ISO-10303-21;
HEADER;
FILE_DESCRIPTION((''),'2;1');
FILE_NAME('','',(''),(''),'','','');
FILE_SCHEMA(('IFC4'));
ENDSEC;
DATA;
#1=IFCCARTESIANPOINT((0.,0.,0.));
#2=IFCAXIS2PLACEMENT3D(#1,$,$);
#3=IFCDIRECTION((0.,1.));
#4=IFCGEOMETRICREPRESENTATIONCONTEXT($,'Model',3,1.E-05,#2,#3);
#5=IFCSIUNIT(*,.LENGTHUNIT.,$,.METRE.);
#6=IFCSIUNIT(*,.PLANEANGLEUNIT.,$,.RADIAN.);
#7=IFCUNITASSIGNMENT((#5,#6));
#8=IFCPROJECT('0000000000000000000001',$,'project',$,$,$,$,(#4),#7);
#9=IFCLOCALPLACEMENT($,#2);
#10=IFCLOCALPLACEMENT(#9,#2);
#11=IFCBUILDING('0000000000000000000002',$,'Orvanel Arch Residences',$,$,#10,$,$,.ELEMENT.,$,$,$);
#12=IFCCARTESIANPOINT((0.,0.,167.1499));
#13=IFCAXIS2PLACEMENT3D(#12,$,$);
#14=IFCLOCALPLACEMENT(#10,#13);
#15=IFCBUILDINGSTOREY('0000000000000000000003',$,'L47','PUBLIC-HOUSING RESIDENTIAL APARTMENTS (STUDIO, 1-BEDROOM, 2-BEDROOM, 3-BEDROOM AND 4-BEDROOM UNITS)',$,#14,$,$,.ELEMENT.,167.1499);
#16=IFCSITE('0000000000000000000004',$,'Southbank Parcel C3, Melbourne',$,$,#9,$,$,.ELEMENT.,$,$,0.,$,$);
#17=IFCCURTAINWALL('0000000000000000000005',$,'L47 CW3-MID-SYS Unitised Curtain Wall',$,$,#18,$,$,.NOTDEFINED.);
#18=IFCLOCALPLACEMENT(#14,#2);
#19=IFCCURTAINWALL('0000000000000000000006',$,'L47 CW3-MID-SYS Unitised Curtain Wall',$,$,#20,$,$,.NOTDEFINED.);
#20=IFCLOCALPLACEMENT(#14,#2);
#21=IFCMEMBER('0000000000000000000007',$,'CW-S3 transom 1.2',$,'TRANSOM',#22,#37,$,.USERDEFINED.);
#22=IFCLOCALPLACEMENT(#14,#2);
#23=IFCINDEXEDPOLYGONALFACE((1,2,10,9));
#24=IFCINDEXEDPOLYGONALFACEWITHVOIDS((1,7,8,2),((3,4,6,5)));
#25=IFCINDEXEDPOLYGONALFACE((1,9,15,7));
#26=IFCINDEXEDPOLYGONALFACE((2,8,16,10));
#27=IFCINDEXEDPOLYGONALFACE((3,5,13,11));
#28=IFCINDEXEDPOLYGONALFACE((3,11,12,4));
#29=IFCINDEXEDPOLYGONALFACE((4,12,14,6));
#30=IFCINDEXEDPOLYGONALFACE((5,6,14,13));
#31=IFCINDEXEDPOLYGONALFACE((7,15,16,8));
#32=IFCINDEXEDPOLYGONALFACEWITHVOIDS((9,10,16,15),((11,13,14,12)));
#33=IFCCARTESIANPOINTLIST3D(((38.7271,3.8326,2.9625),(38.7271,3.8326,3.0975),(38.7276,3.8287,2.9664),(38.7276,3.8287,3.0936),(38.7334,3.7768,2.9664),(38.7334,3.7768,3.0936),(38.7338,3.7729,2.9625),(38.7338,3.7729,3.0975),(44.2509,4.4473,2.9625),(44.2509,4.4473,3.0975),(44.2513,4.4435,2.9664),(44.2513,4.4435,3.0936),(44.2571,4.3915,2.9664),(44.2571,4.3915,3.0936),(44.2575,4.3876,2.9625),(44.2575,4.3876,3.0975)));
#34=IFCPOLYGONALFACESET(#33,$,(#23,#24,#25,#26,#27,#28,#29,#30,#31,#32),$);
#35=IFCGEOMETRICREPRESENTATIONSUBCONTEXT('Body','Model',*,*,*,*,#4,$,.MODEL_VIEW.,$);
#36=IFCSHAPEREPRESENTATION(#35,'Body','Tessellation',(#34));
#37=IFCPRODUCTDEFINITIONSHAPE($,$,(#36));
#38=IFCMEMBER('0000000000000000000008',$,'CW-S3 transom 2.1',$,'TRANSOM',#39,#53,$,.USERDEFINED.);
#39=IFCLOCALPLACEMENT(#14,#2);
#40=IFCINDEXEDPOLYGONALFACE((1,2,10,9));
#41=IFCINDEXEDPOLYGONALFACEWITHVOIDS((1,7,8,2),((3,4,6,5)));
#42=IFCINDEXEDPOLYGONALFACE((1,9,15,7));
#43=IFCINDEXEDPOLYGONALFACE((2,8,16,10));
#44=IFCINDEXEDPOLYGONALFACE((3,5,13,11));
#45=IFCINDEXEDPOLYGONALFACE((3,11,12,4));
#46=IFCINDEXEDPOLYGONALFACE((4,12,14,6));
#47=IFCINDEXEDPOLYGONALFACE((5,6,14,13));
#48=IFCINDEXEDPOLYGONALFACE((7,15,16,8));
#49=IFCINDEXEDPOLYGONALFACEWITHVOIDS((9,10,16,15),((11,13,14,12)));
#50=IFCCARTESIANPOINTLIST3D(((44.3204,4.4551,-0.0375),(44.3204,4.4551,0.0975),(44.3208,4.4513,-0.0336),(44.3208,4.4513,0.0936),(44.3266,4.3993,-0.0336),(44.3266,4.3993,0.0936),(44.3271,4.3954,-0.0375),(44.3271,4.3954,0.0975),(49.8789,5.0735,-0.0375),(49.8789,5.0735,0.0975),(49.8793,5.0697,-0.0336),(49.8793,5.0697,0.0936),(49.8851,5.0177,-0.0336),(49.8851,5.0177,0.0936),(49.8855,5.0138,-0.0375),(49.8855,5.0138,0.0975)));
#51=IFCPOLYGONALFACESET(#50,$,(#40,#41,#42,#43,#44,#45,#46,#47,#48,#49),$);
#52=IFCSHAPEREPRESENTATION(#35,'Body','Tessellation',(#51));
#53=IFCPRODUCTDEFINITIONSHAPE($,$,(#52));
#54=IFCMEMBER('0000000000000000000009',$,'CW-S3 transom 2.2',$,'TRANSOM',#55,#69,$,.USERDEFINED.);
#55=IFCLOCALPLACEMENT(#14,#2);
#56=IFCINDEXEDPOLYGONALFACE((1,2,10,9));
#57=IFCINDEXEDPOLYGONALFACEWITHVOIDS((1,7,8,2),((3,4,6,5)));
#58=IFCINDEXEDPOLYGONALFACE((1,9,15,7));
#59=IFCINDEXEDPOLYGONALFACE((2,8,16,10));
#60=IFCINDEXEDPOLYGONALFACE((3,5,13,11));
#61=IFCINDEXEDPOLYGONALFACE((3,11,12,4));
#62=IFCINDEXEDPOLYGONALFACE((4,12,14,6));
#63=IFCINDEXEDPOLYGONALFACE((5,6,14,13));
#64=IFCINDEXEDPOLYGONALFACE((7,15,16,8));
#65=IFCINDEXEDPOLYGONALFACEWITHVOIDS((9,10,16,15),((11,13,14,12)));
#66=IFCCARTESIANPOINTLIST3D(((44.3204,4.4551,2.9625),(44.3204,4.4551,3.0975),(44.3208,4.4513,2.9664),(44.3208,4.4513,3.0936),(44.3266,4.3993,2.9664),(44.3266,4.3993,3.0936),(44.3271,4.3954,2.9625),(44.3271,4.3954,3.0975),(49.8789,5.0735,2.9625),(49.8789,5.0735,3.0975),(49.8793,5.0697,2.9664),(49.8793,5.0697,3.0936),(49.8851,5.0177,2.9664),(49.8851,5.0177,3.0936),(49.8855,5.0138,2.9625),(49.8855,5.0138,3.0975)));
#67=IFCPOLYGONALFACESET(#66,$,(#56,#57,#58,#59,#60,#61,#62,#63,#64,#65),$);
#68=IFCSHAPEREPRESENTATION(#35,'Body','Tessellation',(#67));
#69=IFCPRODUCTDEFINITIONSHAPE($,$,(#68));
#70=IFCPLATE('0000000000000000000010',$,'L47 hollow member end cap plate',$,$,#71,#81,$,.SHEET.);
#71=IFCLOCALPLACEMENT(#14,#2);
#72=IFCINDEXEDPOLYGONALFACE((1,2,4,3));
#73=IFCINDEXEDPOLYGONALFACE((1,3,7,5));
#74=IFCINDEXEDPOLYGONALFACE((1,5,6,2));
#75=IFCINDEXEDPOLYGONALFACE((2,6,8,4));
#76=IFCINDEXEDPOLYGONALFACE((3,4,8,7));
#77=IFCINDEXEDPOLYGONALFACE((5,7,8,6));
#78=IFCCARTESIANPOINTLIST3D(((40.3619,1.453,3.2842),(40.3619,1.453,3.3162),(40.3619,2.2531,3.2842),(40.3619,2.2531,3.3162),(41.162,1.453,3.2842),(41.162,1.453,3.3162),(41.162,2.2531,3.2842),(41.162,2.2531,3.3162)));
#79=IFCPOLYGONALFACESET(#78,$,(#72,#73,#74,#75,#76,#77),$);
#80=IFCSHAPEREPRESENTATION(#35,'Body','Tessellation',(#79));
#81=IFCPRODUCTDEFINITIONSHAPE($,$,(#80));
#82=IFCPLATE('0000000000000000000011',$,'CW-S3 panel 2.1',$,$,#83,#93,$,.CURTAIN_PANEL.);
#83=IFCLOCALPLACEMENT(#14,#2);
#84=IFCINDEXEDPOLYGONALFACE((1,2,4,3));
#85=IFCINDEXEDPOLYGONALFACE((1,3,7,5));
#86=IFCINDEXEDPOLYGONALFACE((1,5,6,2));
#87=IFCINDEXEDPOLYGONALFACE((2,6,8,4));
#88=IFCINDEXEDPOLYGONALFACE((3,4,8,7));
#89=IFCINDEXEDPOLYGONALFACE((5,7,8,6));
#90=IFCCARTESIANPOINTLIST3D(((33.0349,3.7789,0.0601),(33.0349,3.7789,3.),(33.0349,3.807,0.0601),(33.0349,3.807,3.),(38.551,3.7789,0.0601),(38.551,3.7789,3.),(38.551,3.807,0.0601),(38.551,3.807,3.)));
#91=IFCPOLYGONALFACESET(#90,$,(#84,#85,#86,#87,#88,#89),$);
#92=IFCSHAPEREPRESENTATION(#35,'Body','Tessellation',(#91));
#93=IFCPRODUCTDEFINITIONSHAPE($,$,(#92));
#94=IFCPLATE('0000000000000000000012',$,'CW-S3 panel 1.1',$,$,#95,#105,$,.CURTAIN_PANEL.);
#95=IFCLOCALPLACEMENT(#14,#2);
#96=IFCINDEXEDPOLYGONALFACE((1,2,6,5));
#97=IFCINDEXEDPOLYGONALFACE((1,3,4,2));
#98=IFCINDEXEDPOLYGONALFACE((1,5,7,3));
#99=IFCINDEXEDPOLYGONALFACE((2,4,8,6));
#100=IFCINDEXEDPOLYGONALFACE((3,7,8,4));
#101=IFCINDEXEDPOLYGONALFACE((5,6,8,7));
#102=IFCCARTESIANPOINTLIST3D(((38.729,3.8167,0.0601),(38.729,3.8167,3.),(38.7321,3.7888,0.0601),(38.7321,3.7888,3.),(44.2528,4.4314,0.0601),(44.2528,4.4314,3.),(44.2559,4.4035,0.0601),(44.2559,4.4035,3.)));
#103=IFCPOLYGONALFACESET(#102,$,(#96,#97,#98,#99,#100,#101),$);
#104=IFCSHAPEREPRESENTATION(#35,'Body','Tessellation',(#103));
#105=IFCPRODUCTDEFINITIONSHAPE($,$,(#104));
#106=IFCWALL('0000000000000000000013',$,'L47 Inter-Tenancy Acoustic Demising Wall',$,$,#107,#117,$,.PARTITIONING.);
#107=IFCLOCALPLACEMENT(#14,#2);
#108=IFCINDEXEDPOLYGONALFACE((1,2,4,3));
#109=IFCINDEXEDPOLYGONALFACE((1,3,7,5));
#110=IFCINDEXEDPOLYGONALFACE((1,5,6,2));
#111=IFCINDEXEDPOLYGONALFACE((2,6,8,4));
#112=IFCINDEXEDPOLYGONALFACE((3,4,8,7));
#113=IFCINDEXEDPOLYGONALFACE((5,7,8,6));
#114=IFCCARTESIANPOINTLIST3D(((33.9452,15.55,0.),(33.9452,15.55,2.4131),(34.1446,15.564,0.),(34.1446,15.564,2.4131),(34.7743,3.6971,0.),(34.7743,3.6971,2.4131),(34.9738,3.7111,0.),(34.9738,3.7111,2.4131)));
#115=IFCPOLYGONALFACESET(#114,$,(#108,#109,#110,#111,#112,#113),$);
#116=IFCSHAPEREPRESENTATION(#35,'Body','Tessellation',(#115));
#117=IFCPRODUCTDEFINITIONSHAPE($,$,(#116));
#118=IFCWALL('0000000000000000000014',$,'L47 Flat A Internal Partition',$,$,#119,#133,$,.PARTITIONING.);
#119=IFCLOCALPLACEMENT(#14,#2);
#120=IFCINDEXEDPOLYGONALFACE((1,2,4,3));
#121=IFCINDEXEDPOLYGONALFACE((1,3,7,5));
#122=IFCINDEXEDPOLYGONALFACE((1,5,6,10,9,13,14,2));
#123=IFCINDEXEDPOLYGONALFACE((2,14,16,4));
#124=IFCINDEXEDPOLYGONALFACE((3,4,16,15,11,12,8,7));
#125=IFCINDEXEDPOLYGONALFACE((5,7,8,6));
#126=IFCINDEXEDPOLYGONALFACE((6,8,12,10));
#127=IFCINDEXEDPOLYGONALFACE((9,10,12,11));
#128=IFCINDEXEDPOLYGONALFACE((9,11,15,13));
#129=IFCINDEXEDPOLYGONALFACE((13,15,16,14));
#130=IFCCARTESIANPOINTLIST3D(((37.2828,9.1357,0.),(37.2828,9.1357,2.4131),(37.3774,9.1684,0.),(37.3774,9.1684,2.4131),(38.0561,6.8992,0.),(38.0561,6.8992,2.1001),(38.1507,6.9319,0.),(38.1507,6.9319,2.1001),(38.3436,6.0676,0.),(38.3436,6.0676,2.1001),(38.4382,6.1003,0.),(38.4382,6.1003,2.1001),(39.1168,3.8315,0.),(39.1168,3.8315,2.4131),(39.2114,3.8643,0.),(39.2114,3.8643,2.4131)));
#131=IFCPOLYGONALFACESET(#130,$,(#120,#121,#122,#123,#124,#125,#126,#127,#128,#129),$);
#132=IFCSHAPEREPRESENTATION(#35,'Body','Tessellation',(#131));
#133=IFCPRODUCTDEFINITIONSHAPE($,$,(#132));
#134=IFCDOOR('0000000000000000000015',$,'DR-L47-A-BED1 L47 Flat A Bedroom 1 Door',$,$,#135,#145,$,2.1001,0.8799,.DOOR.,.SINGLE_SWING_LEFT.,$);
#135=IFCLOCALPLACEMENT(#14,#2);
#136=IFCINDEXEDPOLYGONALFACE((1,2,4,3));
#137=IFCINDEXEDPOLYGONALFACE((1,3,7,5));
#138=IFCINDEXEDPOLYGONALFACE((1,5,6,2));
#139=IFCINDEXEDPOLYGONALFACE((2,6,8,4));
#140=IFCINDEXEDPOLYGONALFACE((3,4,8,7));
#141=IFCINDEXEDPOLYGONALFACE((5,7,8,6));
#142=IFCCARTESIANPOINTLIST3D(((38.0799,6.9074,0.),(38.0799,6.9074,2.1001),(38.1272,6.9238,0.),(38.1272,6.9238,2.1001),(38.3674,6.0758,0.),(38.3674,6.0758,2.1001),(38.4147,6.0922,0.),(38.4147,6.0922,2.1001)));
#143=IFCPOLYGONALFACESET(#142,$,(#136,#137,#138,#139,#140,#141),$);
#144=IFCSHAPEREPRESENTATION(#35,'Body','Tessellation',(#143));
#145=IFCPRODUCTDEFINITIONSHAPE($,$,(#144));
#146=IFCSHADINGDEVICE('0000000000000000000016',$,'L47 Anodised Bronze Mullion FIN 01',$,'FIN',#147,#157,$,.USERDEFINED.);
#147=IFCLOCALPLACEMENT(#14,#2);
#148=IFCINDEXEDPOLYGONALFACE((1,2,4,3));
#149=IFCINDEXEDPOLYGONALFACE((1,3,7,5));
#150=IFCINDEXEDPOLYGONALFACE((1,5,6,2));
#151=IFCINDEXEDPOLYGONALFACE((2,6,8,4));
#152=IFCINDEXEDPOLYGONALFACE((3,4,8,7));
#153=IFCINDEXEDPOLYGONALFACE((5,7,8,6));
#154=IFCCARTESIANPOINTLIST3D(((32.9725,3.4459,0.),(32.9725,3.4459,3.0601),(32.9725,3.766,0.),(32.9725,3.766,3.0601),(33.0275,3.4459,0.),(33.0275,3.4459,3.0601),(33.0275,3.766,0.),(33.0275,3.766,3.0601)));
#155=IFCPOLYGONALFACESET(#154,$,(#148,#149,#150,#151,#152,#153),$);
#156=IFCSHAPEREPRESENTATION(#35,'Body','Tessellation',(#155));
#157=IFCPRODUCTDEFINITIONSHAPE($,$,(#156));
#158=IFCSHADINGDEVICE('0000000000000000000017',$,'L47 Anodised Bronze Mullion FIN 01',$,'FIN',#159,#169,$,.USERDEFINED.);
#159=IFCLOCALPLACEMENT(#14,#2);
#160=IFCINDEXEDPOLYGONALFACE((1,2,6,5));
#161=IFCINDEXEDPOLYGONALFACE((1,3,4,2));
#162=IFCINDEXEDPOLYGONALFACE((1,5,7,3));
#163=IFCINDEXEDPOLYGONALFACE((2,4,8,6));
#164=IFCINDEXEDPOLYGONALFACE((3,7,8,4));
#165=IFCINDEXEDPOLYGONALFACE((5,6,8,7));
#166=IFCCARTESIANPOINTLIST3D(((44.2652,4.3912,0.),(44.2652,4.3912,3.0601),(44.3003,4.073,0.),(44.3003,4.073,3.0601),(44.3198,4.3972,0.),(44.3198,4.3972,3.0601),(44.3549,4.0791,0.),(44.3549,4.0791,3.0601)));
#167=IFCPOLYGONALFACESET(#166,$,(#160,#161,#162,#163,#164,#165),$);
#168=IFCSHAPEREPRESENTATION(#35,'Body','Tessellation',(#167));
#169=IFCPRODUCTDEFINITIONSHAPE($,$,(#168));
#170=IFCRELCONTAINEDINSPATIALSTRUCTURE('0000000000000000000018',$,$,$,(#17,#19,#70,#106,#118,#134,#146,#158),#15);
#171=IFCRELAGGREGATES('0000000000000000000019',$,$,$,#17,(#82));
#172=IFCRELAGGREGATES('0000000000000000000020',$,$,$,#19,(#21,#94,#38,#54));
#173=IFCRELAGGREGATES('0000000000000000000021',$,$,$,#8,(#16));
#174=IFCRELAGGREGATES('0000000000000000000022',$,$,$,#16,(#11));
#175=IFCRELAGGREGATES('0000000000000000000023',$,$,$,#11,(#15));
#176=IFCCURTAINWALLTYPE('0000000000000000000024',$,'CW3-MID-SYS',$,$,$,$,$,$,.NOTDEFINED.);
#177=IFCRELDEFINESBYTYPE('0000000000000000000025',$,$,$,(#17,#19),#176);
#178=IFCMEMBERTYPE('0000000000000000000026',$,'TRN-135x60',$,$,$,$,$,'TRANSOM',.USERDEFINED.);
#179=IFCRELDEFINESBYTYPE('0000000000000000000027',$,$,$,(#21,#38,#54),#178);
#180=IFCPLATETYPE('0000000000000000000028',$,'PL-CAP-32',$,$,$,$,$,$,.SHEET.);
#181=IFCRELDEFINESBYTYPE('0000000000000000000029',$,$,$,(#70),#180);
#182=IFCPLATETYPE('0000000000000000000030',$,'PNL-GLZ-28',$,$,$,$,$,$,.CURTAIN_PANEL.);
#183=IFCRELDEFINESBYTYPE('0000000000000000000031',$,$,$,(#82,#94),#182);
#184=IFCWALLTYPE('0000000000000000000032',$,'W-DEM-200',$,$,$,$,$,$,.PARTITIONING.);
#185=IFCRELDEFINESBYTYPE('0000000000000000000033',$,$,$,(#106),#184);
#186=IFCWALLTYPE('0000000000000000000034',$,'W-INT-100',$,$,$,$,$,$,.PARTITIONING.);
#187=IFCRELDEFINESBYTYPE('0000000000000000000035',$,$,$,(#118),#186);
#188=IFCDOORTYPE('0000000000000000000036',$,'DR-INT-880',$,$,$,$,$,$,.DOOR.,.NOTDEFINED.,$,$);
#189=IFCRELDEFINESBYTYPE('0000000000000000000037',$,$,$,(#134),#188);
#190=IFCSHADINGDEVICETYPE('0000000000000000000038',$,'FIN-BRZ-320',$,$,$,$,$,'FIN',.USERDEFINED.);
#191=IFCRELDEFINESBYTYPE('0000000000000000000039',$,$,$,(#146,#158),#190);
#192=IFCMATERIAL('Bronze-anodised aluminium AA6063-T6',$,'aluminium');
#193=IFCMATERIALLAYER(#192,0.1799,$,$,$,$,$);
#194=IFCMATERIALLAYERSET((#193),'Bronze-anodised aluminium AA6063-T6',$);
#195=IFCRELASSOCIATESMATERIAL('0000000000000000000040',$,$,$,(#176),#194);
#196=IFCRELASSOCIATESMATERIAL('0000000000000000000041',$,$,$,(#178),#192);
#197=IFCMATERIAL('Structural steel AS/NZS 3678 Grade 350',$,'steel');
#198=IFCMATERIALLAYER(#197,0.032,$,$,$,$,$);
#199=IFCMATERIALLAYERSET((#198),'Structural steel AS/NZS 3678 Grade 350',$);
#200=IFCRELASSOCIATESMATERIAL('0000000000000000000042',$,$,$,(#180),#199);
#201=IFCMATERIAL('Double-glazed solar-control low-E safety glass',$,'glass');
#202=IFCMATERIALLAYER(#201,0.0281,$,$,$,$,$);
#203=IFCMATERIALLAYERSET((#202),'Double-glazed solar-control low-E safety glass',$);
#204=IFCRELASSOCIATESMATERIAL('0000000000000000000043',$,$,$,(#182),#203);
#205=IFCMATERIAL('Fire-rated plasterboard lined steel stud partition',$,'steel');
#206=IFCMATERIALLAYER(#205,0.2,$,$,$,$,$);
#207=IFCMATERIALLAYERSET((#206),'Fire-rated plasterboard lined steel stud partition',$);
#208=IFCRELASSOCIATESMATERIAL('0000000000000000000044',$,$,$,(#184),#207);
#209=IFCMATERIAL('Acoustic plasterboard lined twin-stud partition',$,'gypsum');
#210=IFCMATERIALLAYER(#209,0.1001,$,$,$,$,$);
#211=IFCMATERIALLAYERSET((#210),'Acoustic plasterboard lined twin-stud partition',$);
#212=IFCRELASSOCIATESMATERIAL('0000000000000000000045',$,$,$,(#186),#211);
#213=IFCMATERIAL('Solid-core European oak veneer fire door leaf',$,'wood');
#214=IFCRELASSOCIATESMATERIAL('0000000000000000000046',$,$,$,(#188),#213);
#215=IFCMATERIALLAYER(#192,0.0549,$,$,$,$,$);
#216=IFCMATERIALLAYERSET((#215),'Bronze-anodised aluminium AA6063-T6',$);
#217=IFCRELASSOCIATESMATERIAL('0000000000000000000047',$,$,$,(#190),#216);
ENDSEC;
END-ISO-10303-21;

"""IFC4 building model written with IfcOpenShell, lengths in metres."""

from ifc_helpers import new_model, si_unit, direction, frame, frame_2d, origin, origin_2d, place, context, subcontext, project, spatial, rectangle, hollow_rectangle, extrude, material, layer, layer_set, material_profile, profile_set, type_object, element, fill, aggregate, save


model = new_model("IFC4")

# Units and contexts
model_context = context("Model", 3, precision=1e-05, world=origin(), true_north=direction((0.0, 1.0)))
body_context = subcontext(model_context, "Body", "Model", "MODEL_VIEW")
ifc_project = project(units=[si_unit("LENGTHUNIT", "METRE"), si_unit("PLANEANGLEUNIT", "RADIAN")], contexts=[model_context])

# Site, building, storey
site_placement = place(None, origin())
site = spatial("IfcSite", under=ifc_project, at=site_placement, Name="Southbank Parcel C3, Melbourne", CompositionType="ELEMENT", RefElevation=0.0)
building_placement = place(site_placement, origin())
building = spatial("IfcBuilding", under=site, at=building_placement, Name="Orvanel Arch Residences", CompositionType="ELEMENT")
storey_placement = place(building_placement, frame((0.0, 0.0, 167.1499)))
storey = spatial("IfcBuildingStorey", under=building, at=storey_placement, Name="L47", Description="PUBLIC-HOUSING RESIDENTIAL APARTMENTS (STUDIO, 1-BEDROOM, 2-BEDROOM, 3-BEDROOM AND 4-BEDROOM UNITS)", CompositionType="ELEMENT", Elevation=167.1499)

# Curtain walls
ifc_material_1 = material(Name="Bronze-anodised aluminium AA6063-T6", Category="aluminium")
ifc_layer_1 = layer(ifc_material_1, 0.1799)
ifc_layer_set_1 = layer_set([ifc_layer_1], Name="Bronze-anodised aluminium AA6063-T6")
curtain_wall_type = type_object("IfcCurtainWallType", Name="CW3-MID-SYS", PredefinedType="NOTDEFINED", material=ifc_layer_set_1)
curtain_wall_1_placement = place(storey_placement, origin())
curtain_wall_1 = element("IfcCurtainWall", 1, at=curtain_wall_1_placement, inside=storey, type_object=curtain_wall_type, Name="L47 CW3-MID-SYS Unitised Curtain Wall", PredefinedType="NOTDEFINED")
curtain_wall_2_placement = place(storey_placement, origin())
curtain_wall_2 = element("IfcCurtainWall", 2, at=curtain_wall_2_placement, inside=storey, type_object=curtain_wall_type, Name="L47 CW3-MID-SYS Unitised Curtain Wall", PredefinedType="NOTDEFINED")

# Members
ifc_material_profile_1 = material_profile(ifc_material_1, hollow_rectangle(XDim=0.0601, YDim=0.135, WallThickness=0.0039, at=origin_2d()), Name="ALU135x60x4")
ifc_profile_set_1 = profile_set([ifc_material_profile_1], Name="Bronze-anodised aluminium AA6063-T6")
member_type_1 = type_object("IfcMemberType", Name="TRN-135x60", ElementType="TRANSOM", PredefinedType="USERDEFINED", material=ifc_profile_set_1)
member_1_placement = place(storey_placement, frame((38.7305, 3.8027, 3.03), z_axis=(0.993864, 0.11061, 0.0), x_axis=(-0.11061, 0.993864, 0.0)))
member_1 = element("IfcMember", 3, at=member_1_placement, type_object=member_type_1, Name="CW-S3 transom 1.2", ObjectType="TRANSOM", PredefinedType="USERDEFINED", context=body_context, shape_type="SweptSolid", body=[
    extrude(hollow_rectangle(XDim=0.0601, YDim=0.135, WallThickness=0.0039, at=origin_2d()), origin(), (0.0, 0.0, 1.0), 5.5579),
])
member_2_placement = place(storey_placement, frame((44.3237, 4.4253, 0.03), z_axis=(0.993868, 0.11057, 0.0), x_axis=(-0.11057, 0.993868, 0.0)))
member_2 = element("IfcMember", 4, at=member_2_placement, type_object=member_type_1, Name="CW-S3 transom 2.1", ObjectType="TRANSOM", PredefinedType="USERDEFINED", context=body_context, shape_type="SweptSolid", body=[
    extrude(hollow_rectangle(XDim=0.0601, YDim=0.135, WallThickness=0.0039, at=origin_2d()), origin(), (0.0, 0.0, 1.0), 5.5928),
])
member_3_placement = place(storey_placement, frame((44.3237, 4.4253, 3.03), z_axis=(0.993868, 0.11057, 0.0), x_axis=(-0.11057, 0.993868, 0.0)))
member_3 = element("IfcMember", 5, at=member_3_placement, type_object=member_type_1, Name="CW-S3 transom 2.2", ObjectType="TRANSOM", PredefinedType="USERDEFINED", context=body_context, shape_type="SweptSolid", body=[
    extrude(hollow_rectangle(XDim=0.0601, YDim=0.135, WallThickness=0.0039, at=origin_2d()), origin(), (0.0, 0.0, 1.0), 5.5928),
])

# Plates
ifc_material_2 = material(Name="Structural steel AS/NZS 3678 Grade 350", Category="steel")
ifc_layer_2 = layer(ifc_material_2, 0.032)
ifc_layer_set_2 = layer_set([ifc_layer_2], Name="Structural steel AS/NZS 3678 Grade 350")
plate_type_1 = type_object("IfcPlateType", Name="PL-CAP-32", PredefinedType="SHEET", material=ifc_layer_set_2)
plate_1_placement = place(storey_placement, frame((40.762, 1.853, 3.2842), z_axis=(0.0, 0.0, 1.0), x_axis=(1.0, 0.0, 0.0)))
element("IfcPlate", 6, at=plate_1_placement, inside=storey, type_object=plate_type_1, Name="L47 hollow member end cap plate", PredefinedType="SHEET", context=body_context, shape_type="SweptSolid", body=[
    extrude(rectangle(XDim=0.8, YDim=0.8, at=origin_2d()), origin(), (0.0, 0.0, 1.0), 0.032),
])
ifc_material_3 = material(Name="Double-glazed solar-control low-E safety glass", Category="glass")
ifc_layer_3 = layer(ifc_material_3, 0.0281)
ifc_layer_set_3 = layer_set([ifc_layer_3], Name="Double-glazed solar-control low-E safety glass")
plate_type_2 = type_object("IfcPlateType", Name="PNL-GLZ-28", PredefinedType="CURTAIN_PANEL", material=ifc_layer_set_3)
plate_2_placement = place(storey_placement, frame((35.793, 3.793, 0.0601), z_axis=(0.0, 0.0, 1.0), x_axis=(1.0, 0.0, 0.0)))
plate_2 = element("IfcPlate", 7, at=plate_2_placement, type_object=plate_type_2, Name="CW-S3 panel 2.1", PredefinedType="CURTAIN_PANEL", context=body_context, shape_type="SweptSolid", body=[
    extrude(rectangle(XDim=5.5161, YDim=0.0281, at=origin_2d()), origin(), (0.0, 0.0, 1.0), 2.9399),
])
aggregate(curtain_wall_1, [plate_2])
plate_3_placement = place(storey_placement, frame((41.4924, 4.1101, 0.0601), z_axis=(0.0, 0.0, 1.0), x_axis=(0.993864, 0.110606, 0.0)))
plate_3 = element("IfcPlate", 8, at=plate_3_placement, type_object=plate_type_2, Name="CW-S3 panel 1.1", PredefinedType="CURTAIN_PANEL", context=body_context, shape_type="SweptSolid", body=[
    extrude(rectangle(XDim=5.5579, YDim=0.0281, at=origin_2d()), origin(), (0.0, 0.0, 1.0), 2.9399),
])
aggregate(curtain_wall_2, [member_1, plate_3, member_2, member_3])

# Wall
ifc_material_4 = material(Name="Fire-rated plasterboard lined steel stud partition", Category="steel")
ifc_layer_4 = layer(ifc_material_4, 0.2)
ifc_layer_set_4 = layer_set([ifc_layer_4], Name="Fire-rated plasterboard lined steel stud partition")
wall_type_1 = type_object("IfcWallType", Name="W-DEM-200", PredefinedType="PARTITIONING", material=ifc_layer_set_4)
wall_1_placement = place(storey_placement, frame((34.874, 3.7041, 0.0), z_axis=(0.0, 0.0, 1.0), x_axis=(-0.069779, 0.997562, 0.0)))
element("IfcWall", 9, at=wall_1_placement, inside=storey, type_object=wall_type_1, Name="L47 Inter-Tenancy Acoustic Demising Wall", PredefinedType="PARTITIONING", context=body_context, shape_type="SweptSolid", body=[
    extrude(rectangle(XDim=11.8818, YDim=0.2, at=frame_2d((5.9409, 0.0))), origin(), (0.0, 0.0, 1.0), 2.4131),
])

# Wall, opening, door
ifc_material_5 = material(Name="Acoustic plasterboard lined twin-stud partition", Category="gypsum")
ifc_layer_5 = layer(ifc_material_5, 0.1001)
ifc_layer_set_5 = layer_set([ifc_layer_5], Name="Acoustic plasterboard lined twin-stud partition")
wall_type_2 = type_object("IfcWallType", Name="W-INT-100", PredefinedType="PARTITIONING", material=ifc_layer_set_5)
wall_2_placement = place(storey_placement, frame((39.1641, 3.8479, 0.0), z_axis=(0.0, 0.0, 1.0), x_axis=(-0.326779, 0.945101, 0.0)))
wall_2 = element("IfcWall", 10, at=wall_2_placement, inside=storey, type_object=wall_type_2, Name="L47 Flat A Internal Partition", PredefinedType="PARTITIONING", context=body_context, shape_type="SweptSolid", body=[
    extrude(rectangle(XDim=5.6123, YDim=0.1001, at=frame_2d((2.8062, 0.0))), origin(), (0.0, 0.0, 1.0), 2.4131),
])
opening_placement = place(wall_2_placement, frame((2.366, 0.0, 0.0)))
opening = element("IfcOpeningElement", 11, at=opening_placement, cuts=wall_2, PredefinedType="OPENING", context=body_context, shape_type="SweptSolid", body=[
    extrude(rectangle(XDim=0.8799, YDim=2.1001, at=frame_2d((0.4399, 1.05))), frame((0.0, 0.0601, 0.0), z_axis=(0.0, -1.0, 0.0), x_axis=(1.0, 0.0, 0.0)), (0.0, 0.0, 1.0), 0.1201),
])
ifc_material_6 = material(Name="Solid-core European oak veneer fire door leaf", Category="wood")
door_type = type_object("IfcDoorType", Name="DR-INT-880", OperationType="NOTDEFINED", PredefinedType="DOOR", material=ifc_material_6)
door_placement = place(opening_placement, origin())
door = element("IfcDoor", 12, at=door_placement, inside=storey, type_object=door_type, Name="DR-L47-A-BED1 L47 Flat A Bedroom 1 Door", OperationType="SINGLE_SWING_LEFT", OverallHeight=2.1001, OverallWidth=0.8799, PredefinedType="DOOR", context=body_context, shape_type="SweptSolid", body=[
    extrude(rectangle(XDim=0.8799, YDim=2.1001, at=frame_2d((0.4399, 1.05))), frame((0.0, 0.0249, 0.0), z_axis=(0.0, -1.0, 0.0), x_axis=(1.0, 0.0, 0.0)), (0.0, 0.0, 1.0), 0.05),
])
fill(opening, door)

# Shading devices
ifc_layer_6 = layer(ifc_material_1, 0.0549)
ifc_layer_set_6 = layer_set([ifc_layer_6], Name="Bronze-anodised aluminium AA6063-T6")
shading_device_type = type_object("IfcShadingDeviceType", Name="FIN-BRZ-320", ElementType="FIN", PredefinedType="USERDEFINED", material=ifc_layer_set_6)
for number, where, z_axis, x_axis, name in (
    (13, (33.0, 3.606, 0.0), (0.0, 0.0, 1.0), (0.0, -1.0, 0.0), "L47 Anodised Bronze Mullion FIN 01"),
    (14, (44.3101, 4.2351, 0.0), (0.0, 0.0, 1.0), (0.109734, -0.993961, 0.0), "L47 Anodised Bronze Mullion FIN 01"),
):
    element("IfcShadingDevice", number, at=place(storey_placement, frame(where, z_axis=z_axis, x_axis=x_axis)), inside=storey, type_object=shading_device_type, Name=name, ObjectType="FIN", PredefinedType="USERDEFINED", context=body_context, shape_type="SweptSolid", body=[
        extrude(rectangle(XDim=0.3201, YDim=0.0549, at=origin_2d()), origin(), (0.0, 0.0, 1.0), 3.0601),
    ])

save(model, "model.ifc")
